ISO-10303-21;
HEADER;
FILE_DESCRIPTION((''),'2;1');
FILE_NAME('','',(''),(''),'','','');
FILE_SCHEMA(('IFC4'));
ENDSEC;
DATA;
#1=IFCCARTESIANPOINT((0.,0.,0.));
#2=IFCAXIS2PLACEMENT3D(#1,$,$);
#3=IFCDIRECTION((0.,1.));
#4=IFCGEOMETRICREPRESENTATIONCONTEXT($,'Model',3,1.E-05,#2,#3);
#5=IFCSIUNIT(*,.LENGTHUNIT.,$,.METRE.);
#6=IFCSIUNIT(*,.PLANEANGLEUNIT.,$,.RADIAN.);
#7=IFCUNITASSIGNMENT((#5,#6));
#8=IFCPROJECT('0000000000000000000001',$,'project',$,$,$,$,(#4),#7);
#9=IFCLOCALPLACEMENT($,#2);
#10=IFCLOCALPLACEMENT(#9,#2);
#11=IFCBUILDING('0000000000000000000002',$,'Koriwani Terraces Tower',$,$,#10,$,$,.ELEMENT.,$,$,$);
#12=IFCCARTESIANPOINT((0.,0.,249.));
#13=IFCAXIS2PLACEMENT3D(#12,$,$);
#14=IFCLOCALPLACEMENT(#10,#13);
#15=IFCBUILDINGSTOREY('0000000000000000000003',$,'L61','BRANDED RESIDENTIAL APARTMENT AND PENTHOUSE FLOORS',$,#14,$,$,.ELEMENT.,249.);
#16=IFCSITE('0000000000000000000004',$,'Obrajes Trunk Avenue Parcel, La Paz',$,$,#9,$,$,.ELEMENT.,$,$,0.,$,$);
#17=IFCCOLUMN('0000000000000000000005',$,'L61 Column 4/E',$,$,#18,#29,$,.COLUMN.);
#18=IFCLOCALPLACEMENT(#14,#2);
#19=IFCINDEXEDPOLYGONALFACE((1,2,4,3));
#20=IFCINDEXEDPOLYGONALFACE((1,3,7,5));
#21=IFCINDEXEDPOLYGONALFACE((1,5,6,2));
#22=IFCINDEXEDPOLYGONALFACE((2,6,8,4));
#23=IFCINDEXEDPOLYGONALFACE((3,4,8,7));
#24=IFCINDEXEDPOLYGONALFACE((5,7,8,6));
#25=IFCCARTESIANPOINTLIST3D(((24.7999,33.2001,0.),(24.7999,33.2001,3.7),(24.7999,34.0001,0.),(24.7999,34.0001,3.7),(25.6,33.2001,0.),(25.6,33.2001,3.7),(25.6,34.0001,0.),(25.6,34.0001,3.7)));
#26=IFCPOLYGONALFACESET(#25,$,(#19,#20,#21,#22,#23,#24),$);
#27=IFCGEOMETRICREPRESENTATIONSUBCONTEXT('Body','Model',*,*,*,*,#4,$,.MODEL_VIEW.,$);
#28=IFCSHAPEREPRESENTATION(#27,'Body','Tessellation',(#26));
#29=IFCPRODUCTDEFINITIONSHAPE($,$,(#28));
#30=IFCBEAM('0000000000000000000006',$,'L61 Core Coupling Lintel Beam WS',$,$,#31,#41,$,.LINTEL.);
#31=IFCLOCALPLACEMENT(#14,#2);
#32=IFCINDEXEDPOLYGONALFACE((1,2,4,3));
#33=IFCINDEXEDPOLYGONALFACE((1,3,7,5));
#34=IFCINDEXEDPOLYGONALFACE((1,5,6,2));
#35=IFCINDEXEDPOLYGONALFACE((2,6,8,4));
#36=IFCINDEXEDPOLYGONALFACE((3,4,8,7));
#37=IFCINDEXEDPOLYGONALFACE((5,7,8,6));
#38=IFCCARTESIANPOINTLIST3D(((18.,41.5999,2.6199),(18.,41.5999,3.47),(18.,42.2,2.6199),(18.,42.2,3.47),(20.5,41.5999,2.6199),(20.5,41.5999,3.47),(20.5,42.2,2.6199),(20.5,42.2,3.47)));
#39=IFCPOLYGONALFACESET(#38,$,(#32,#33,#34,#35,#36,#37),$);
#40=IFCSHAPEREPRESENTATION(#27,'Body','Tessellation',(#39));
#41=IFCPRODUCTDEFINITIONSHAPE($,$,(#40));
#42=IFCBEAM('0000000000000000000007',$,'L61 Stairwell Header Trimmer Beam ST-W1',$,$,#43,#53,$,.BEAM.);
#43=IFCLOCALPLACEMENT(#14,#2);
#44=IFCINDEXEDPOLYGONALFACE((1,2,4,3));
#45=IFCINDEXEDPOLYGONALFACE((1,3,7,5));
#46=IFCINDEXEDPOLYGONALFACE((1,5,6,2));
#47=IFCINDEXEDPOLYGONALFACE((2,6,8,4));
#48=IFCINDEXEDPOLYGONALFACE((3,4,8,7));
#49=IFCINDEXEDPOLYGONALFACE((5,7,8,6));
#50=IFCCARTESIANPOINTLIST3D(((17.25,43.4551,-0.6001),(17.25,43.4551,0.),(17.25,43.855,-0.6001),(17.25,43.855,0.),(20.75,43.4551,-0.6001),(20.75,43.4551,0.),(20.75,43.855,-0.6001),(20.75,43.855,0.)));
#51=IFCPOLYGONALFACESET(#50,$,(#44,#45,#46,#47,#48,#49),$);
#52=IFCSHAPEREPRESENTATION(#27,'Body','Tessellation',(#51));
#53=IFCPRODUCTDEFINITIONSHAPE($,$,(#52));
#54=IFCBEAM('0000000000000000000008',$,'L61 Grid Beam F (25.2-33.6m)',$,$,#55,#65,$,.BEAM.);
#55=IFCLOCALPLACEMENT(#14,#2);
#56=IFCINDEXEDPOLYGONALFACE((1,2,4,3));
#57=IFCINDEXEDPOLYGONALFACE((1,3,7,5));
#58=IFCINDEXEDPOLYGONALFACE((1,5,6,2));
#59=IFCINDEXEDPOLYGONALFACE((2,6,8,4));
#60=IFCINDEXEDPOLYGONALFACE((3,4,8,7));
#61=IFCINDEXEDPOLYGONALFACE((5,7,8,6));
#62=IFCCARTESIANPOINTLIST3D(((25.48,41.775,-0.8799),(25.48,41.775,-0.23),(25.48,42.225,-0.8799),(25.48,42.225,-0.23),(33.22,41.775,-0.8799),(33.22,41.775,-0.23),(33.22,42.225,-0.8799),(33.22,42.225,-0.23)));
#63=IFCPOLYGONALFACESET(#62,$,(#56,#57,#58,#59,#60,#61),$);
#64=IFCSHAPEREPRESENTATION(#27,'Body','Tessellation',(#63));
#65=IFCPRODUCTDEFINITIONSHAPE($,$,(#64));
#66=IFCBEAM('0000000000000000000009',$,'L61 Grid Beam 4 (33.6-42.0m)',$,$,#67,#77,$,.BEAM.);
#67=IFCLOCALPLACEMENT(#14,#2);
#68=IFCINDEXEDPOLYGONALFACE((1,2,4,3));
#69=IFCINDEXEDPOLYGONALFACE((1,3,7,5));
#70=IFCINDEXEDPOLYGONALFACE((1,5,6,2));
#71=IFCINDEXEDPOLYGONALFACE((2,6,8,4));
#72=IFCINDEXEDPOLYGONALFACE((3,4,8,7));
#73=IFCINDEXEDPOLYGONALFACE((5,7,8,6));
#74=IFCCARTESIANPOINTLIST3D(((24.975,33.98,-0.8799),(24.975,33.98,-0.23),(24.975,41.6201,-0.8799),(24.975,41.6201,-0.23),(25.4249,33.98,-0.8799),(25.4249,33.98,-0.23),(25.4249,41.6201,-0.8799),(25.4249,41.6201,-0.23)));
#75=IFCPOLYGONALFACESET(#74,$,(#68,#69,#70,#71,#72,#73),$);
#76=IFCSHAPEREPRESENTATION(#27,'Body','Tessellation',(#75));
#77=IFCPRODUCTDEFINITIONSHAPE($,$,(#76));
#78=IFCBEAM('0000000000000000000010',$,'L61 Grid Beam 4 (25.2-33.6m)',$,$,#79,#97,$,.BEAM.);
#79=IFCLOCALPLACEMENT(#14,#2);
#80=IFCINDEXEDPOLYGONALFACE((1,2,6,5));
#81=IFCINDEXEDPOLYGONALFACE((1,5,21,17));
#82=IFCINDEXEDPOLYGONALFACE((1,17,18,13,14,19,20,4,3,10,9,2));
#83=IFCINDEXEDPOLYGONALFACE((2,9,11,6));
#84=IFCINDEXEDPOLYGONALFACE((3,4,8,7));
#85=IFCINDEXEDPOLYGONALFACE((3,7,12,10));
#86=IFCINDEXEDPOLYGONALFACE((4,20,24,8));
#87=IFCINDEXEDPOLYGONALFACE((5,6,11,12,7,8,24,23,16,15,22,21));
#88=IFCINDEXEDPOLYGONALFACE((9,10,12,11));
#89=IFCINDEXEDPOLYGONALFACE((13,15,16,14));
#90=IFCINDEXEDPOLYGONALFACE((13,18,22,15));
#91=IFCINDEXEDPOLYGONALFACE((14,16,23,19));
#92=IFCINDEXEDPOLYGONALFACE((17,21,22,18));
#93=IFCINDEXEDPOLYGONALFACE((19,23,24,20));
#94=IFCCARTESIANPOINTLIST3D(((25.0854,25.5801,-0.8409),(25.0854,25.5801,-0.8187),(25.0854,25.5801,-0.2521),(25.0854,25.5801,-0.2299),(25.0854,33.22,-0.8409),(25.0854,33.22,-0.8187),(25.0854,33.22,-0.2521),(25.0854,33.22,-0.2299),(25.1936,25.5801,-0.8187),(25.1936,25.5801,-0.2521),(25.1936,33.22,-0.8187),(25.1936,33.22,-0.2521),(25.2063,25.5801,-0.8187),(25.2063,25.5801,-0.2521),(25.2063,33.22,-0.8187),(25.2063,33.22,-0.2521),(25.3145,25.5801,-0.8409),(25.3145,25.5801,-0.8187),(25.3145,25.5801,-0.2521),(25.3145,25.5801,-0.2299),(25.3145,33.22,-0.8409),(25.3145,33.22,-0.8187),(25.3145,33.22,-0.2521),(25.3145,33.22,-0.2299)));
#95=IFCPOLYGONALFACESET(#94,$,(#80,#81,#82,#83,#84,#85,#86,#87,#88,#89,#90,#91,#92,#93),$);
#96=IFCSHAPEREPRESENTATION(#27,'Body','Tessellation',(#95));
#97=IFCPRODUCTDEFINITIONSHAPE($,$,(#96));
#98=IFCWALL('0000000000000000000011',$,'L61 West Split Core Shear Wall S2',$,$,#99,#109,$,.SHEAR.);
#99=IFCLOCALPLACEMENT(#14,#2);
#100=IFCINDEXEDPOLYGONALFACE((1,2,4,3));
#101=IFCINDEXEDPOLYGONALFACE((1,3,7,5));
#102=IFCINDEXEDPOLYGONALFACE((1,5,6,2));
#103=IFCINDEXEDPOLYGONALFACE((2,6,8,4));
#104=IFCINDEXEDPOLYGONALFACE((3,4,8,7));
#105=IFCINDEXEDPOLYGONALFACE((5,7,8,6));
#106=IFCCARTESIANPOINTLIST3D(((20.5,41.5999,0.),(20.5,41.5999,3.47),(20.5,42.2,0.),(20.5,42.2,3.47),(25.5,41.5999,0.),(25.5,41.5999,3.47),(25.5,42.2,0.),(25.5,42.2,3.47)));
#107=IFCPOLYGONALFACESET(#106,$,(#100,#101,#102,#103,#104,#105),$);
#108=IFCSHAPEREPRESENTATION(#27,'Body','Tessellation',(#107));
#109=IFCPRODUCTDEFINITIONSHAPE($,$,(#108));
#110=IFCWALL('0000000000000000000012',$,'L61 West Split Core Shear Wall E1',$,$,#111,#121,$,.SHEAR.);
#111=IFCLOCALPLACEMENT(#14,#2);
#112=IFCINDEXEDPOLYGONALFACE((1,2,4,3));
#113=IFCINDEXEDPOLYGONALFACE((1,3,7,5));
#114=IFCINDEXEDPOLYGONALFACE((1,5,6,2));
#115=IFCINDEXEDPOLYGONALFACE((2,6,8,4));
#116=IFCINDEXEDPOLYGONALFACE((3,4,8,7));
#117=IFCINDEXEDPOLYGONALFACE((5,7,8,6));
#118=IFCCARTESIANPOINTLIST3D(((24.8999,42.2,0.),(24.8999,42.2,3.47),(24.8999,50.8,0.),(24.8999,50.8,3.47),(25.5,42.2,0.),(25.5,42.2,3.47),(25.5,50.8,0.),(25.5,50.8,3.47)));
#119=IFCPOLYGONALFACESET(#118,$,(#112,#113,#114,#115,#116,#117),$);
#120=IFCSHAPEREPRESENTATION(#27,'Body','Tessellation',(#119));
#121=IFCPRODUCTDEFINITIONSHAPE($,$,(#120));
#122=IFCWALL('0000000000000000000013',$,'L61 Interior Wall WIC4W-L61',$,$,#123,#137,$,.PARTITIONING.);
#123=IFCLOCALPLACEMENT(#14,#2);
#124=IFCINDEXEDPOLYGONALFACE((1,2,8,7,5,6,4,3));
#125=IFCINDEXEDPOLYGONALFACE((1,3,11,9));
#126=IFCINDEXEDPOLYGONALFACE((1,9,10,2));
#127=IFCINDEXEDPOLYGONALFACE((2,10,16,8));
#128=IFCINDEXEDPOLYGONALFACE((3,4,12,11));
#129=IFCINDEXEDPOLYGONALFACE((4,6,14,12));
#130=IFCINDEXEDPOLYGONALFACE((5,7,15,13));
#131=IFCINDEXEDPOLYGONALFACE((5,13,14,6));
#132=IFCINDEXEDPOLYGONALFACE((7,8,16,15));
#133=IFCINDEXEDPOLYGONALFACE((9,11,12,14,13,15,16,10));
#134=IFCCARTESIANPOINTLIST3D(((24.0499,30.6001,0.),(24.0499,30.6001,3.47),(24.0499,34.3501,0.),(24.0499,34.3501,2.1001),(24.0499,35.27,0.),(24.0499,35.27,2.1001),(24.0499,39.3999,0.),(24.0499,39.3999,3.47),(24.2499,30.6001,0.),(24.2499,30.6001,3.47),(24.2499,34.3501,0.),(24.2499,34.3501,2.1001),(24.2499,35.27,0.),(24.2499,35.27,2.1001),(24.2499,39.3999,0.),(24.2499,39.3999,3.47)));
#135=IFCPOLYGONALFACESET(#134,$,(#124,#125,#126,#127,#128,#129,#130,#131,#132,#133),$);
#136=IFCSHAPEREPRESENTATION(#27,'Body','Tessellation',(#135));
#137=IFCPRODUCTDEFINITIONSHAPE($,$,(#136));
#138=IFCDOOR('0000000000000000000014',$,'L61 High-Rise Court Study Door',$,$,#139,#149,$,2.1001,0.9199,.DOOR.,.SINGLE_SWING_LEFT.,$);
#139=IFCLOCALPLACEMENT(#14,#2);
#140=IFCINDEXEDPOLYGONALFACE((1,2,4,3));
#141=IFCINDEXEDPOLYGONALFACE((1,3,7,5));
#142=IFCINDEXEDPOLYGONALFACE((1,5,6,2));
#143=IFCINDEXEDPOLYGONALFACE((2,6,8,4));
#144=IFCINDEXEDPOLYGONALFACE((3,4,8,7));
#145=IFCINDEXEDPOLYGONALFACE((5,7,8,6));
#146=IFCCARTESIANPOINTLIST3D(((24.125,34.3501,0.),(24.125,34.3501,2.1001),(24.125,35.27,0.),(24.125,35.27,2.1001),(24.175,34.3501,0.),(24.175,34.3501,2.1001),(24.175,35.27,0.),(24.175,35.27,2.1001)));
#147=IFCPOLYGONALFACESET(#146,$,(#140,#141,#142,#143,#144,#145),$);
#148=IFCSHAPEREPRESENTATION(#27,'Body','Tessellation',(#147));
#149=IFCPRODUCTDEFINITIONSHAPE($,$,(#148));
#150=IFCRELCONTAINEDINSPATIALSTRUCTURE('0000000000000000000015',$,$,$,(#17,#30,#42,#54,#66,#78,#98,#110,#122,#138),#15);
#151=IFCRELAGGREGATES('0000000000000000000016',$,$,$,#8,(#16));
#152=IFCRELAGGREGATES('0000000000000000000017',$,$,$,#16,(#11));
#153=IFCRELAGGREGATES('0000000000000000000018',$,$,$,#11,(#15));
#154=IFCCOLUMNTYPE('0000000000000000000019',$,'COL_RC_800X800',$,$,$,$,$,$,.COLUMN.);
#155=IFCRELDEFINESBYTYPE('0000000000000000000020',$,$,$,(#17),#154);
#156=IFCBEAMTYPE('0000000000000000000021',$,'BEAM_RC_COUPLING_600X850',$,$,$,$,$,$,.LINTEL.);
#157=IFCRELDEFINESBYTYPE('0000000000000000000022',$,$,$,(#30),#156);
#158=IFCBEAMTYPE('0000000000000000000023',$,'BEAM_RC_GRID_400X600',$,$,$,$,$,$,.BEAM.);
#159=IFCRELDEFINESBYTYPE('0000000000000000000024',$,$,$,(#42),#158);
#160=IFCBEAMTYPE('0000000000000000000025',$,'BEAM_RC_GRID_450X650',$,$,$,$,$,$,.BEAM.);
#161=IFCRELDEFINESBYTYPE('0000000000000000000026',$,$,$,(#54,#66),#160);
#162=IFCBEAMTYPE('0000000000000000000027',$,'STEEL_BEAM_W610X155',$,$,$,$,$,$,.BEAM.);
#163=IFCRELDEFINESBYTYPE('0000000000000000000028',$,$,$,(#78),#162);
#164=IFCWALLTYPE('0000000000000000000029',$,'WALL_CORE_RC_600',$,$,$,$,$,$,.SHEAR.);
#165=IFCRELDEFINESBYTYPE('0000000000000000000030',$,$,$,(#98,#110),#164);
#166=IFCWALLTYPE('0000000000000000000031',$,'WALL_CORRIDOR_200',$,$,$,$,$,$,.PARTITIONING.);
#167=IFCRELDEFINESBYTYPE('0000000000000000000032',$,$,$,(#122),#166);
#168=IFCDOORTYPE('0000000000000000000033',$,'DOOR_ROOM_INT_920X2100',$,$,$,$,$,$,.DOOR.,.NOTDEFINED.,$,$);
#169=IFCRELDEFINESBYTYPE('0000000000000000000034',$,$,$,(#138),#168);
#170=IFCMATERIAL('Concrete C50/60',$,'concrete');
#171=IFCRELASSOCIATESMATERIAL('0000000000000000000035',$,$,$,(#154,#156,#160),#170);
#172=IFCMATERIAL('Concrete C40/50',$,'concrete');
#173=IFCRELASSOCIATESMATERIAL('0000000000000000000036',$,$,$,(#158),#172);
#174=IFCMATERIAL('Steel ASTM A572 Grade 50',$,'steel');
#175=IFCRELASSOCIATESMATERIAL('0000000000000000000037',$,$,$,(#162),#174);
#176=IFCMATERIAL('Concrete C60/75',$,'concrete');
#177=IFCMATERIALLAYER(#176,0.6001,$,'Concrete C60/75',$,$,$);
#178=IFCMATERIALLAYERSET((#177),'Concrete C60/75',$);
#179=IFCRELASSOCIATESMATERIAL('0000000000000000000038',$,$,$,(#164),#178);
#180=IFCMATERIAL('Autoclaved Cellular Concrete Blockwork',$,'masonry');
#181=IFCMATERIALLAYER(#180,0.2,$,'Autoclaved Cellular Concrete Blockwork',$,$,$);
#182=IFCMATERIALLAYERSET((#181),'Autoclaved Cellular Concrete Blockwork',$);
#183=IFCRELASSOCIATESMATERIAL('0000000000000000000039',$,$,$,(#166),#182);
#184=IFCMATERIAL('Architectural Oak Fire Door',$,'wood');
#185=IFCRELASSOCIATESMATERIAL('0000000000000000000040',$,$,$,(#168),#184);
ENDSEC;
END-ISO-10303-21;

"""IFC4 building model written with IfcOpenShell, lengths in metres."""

from ifc_helpers import new_model, si_unit, direction, frame, frame_2d, origin, origin_2d, place, context, subcontext, project, spatial, rectangle, i_section, extrude, material, layer, layer_set, material_profile, profile_set, type_object, element, fill, save


model = new_model("IFC4")

# Units and contexts
model_context = context("Model", 3, precision=1e-05, world=origin(), true_north=direction((0.0, 1.0)))
body_context = subcontext(model_context, "Body", "Model", "MODEL_VIEW")
ifc_project = project(units=[si_unit("LENGTHUNIT", "METRE"), si_unit("PLANEANGLEUNIT", "RADIAN")], contexts=[model_context])

# Site, building, storey
site_placement = place(None, origin())
site = spatial("IfcSite", under=ifc_project, at=site_placement, Name="Obrajes Trunk Avenue Parcel, La Paz", CompositionType="ELEMENT", RefElevation=0.0)
building_placement = place(site_placement, origin())
building = spatial("IfcBuilding", under=site, at=building_placement, Name="Koriwani Terraces Tower", CompositionType="ELEMENT")
storey_placement = place(building_placement, frame((0.0, 0.0, 249.0)))
storey = spatial("IfcBuildingStorey", under=building, at=storey_placement, Name="L61", Description="BRANDED RESIDENTIAL APARTMENT AND PENTHOUSE FLOORS", CompositionType="ELEMENT", Elevation=249.0)

# Column
ifc_material_1 = material(Name="Concrete C50/60", Category="concrete")
ifc_material_profile_1 = material_profile(ifc_material_1, rectangle(XDim=0.8, YDim=0.8, at=origin_2d()), Name="Concrete C50/60", Category="LoadBearing")
ifc_profile_set_1 = profile_set([ifc_material_profile_1], Name="Concrete C50/60")
column_type = type_object("IfcColumnType", Name="COL_RC_800X800", PredefinedType="COLUMN", material=ifc_profile_set_1)
column_placement = place(storey_placement, frame((25.2, 33.6001, 0.0), z_axis=(0.0, 0.0, 1.0), x_axis=(1.0, 0.0, 0.0)))
element("IfcColumn", 1, at=column_placement, inside=storey, type_object=column_type, Name="L61 Column 4/E", PredefinedType="COLUMN", context=body_context, shape_type="SweptSolid", body=[
    extrude(rectangle(XDim=0.8, YDim=0.8, at=origin_2d()), origin(), (0.0, 0.0, 1.0), 3.7),
])

# Beams
ifc_material_profile_2 = material_profile(ifc_material_1, rectangle(XDim=0.6001, YDim=0.8501, at=origin_2d()), Name="Concrete C50/60", Category="LoadBearing")
ifc_profile_set_2 = profile_set([ifc_material_profile_2], Name="Concrete C50/60")
beam_type_1 = type_object("IfcBeamType", Name="BEAM_RC_COUPLING_600X850", PredefinedType="LINTEL", material=ifc_profile_set_2)
beam_1_placement = place(storey_placement, frame((18.0, 41.8999, 3.0449), z_axis=(1.0, 0.0, 0.0), x_axis=(0.0, 1.0, 0.0)))
element("IfcBeam", 2, at=beam_1_placement, inside=storey, type_object=beam_type_1, Name="L61 Core Coupling Lintel Beam WS", PredefinedType="LINTEL", context=body_context, shape_type="SweptSolid", body=[
    extrude(rectangle(XDim=0.6001, YDim=0.8501, at=origin_2d()), origin(), (0.0, 0.0, 1.0), 2.5),
])
ifc_material_2 = material(Name="Concrete C40/50", Category="concrete")
ifc_material_profile_3 = material_profile(ifc_material_2, rectangle(XDim=0.3999, YDim=0.6001, at=origin_2d()), Name="Concrete C40/50", Category="LoadBearing")
ifc_profile_set_3 = profile_set([ifc_material_profile_3], Name="Concrete C40/50")
beam_type_2 = type_object("IfcBeamType", Name="BEAM_RC_GRID_400X600", PredefinedType="BEAM", material=ifc_profile_set_3)
beam_2_placement = place(storey_placement, frame((17.25, 43.655, -0.3), z_axis=(1.0, 0.0, 0.0), x_axis=(0.0, 1.0, 0.0)))
element("IfcBeam", 3, at=beam_2_placement, inside=storey, type_object=beam_type_2, Name="L61 Stairwell Header Trimmer Beam ST-W1", PredefinedType="BEAM", context=body_context, shape_type="SweptSolid", body=[
    extrude(rectangle(XDim=0.3999, YDim=0.6001, at=origin_2d()), origin(), (0.0, 0.0, 1.0), 3.5),
])
ifc_material_profile_4 = material_profile(ifc_material_1, rectangle(XDim=0.45, YDim=0.6499, at=origin_2d()), Name="Concrete C50/60", Category="LoadBearing")
ifc_profile_set_4 = profile_set([ifc_material_profile_4], Name="Concrete C50/60")
beam_type_3 = type_object("IfcBeamType", Name="BEAM_RC_GRID_450X650", PredefinedType="BEAM", material=ifc_profile_set_4)
beam_3_placement = place(storey_placement, frame((25.48, 42.0, -0.5549), z_axis=(1.0, 0.0, 0.0), x_axis=(0.0, 1.0, 0.0)))
element("IfcBeam", 4, at=beam_3_placement, inside=storey, type_object=beam_type_3, Name="L61 Grid Beam F (25.2-33.6m)", PredefinedType="BEAM", context=body_context, shape_type="SweptSolid", body=[
    extrude(rectangle(XDim=0.45, YDim=0.6499, at=origin_2d()), origin(), (0.0, 0.0, 1.0), 7.74),
])
beam_4_placement = place(storey_placement, frame((25.2, 33.98, -0.5549), z_axis=(0.0, 1.0, 0.0), x_axis=(-1.0, 0.0, 0.0)))
element("IfcBeam", 5, at=beam_4_placement, inside=storey, type_object=beam_type_3, Name="L61 Grid Beam 4 (33.6-42.0m)", PredefinedType="BEAM", context=body_context, shape_type="SweptSolid", body=[
    extrude(rectangle(XDim=0.45, YDim=0.6499, at=origin_2d()), origin(), (0.0, 0.0, 1.0), 7.6401),
])
ifc_material_3 = material(Name="Steel ASTM A572 Grade 50", Category="steel")
ifc_material_profile_5 = material_profile(ifc_material_3, i_section(OverallWidth=0.229, OverallDepth=0.6111, WebThickness=0.0127, FlangeThickness=0.0222, at=origin_2d()), Name="Steel ASTM A572 Grade 50", Category="LoadBearing")
ifc_profile_set_5 = profile_set([ifc_material_profile_5], Name="Steel ASTM A572 Grade 50")
beam_type_4 = type_object("IfcBeamType", Name="STEEL_BEAM_W610X155", PredefinedType="BEAM", material=ifc_profile_set_5)
beam_5_placement = place(storey_placement, frame((25.2, 25.5801, -0.5354), z_axis=(0.0, 1.0, 0.0), x_axis=(-1.0, 0.0, 0.0)))
element("IfcBeam", 6, at=beam_5_placement, inside=storey, type_object=beam_type_4, Name="L61 Grid Beam 4 (25.2-33.6m)", PredefinedType="BEAM", context=body_context, shape_type="SweptSolid", body=[
    extrude(i_section(OverallWidth=0.229, OverallDepth=0.6111, WebThickness=0.0127, FlangeThickness=0.0222, at=origin_2d()), origin(), (0.0, 0.0, 1.0), 7.6399),
])

# Walls
ifc_material_4 = material(Name="Concrete C60/75", Category="concrete")
ifc_layer_1 = layer(ifc_material_4, 0.6001, Name="Concrete C60/75")
ifc_layer_set_1 = layer_set([ifc_layer_1], Name="Concrete C60/75")
wall_type_1 = type_object("IfcWallType", Name="WALL_CORE_RC_600", PredefinedType="SHEAR", material=ifc_layer_set_1)
wall_1_placement = place(storey_placement, frame((20.5, 41.8999, 0.0), z_axis=(0.0, 0.0, 1.0), x_axis=(1.0, 0.0, 0.0)))
element("IfcWall", 7, at=wall_1_placement, inside=storey, type_object=wall_type_1, Name="L61 West Split Core Shear Wall S2", PredefinedType="SHEAR", context=body_context, shape_type="SweptSolid", body=[
    extrude(rectangle(XDim=5.0, YDim=0.6001, at=frame_2d((2.5, 0.0))), origin(), (0.0, 0.0, 1.0), 3.47),
])
wall_2_placement = place(storey_placement, frame((25.2, 42.2, 0.0), z_axis=(0.0, 0.0, 1.0), x_axis=(0.0, 1.0, 0.0)))
element("IfcWall", 8, at=wall_2_placement, inside=storey, type_object=wall_type_1, Name="L61 West Split Core Shear Wall E1", PredefinedType="SHEAR", context=body_context, shape_type="SweptSolid", body=[
    extrude(rectangle(XDim=8.6001, YDim=0.6001, at=frame_2d((4.3, 0.0))), origin(), (0.0, 0.0, 1.0), 3.47),
])

# Wall, opening, door
ifc_material_5 = material(Name="Autoclaved Cellular Concrete Blockwork", Category="masonry")
ifc_layer_2 = layer(ifc_material_5, 0.2, Name="Autoclaved Cellular Concrete Blockwork")
ifc_layer_set_2 = layer_set([ifc_layer_2], Name="Autoclaved Cellular Concrete Blockwork")
wall_type_2 = type_object("IfcWallType", Name="WALL_CORRIDOR_200", PredefinedType="PARTITIONING", material=ifc_layer_set_2)
wall_3_placement = place(storey_placement, frame((24.1499, 30.6001, 0.0), z_axis=(0.0, 0.0, 1.0), x_axis=(0.0, 1.0, 0.0)))
wall_3 = element("IfcWall", 9, at=wall_3_placement, inside=storey, type_object=wall_type_2, Name="L61 Interior Wall WIC4W-L61", PredefinedType="PARTITIONING", context=body_context, shape_type="SweptSolid", body=[
    extrude(rectangle(XDim=8.7998, YDim=0.2, at=frame_2d((4.3999, 0.0))), origin(), (0.0, 0.0, 1.0), 3.47),
])
opening_1_placement = place(wall_3_placement, frame((3.75, 0.0, 0.0)))
opening_1 = element("IfcOpeningElement", 10, at=opening_1_placement, cuts=wall_3, PredefinedType="OPENING", context=body_context, shape_type="SweptSolid", body=[
    extrude(rectangle(XDim=0.9199, YDim=2.1001, at=frame_2d((0.46, 1.05))), frame((0.0, 0.1099, 0.0), z_axis=(0.0, -1.0, 0.0), x_axis=(1.0, 0.0, 0.0)), (0.0, 0.0, 1.0), 0.22),
])
ifc_material_6 = material(Name="Architectural Oak Fire Door", Category="wood")
door_type_1 = type_object("IfcDoorType", Name="DOOR_ROOM_INT_920X2100", OperationType="NOTDEFINED", PredefinedType="DOOR", material=ifc_material_6)
door_1_placement = place(opening_1_placement, origin())
door_1 = element("IfcDoor", 11, at=door_1_placement, inside=storey, type_object=door_type_1, Name="L61 High-Rise Court Study Door", OperationType="SINGLE_SWING_LEFT", OverallHeight=2.1001, OverallWidth=0.9199, PredefinedType="DOOR", context=body_context, shape_type="SweptSolid", body=[
    extrude(rectangle(XDim=0.9199, YDim=2.1001, at=frame_2d((0.46, 1.05))), frame((0.0, 0.0249, 0.0), z_axis=(0.0, -1.0, 0.0), x_axis=(1.0, 0.0, 0.0)), (0.0, 0.0, 1.0), 0.05),
])
fill(opening_1, door_1)

save(model, "model.ifc")
